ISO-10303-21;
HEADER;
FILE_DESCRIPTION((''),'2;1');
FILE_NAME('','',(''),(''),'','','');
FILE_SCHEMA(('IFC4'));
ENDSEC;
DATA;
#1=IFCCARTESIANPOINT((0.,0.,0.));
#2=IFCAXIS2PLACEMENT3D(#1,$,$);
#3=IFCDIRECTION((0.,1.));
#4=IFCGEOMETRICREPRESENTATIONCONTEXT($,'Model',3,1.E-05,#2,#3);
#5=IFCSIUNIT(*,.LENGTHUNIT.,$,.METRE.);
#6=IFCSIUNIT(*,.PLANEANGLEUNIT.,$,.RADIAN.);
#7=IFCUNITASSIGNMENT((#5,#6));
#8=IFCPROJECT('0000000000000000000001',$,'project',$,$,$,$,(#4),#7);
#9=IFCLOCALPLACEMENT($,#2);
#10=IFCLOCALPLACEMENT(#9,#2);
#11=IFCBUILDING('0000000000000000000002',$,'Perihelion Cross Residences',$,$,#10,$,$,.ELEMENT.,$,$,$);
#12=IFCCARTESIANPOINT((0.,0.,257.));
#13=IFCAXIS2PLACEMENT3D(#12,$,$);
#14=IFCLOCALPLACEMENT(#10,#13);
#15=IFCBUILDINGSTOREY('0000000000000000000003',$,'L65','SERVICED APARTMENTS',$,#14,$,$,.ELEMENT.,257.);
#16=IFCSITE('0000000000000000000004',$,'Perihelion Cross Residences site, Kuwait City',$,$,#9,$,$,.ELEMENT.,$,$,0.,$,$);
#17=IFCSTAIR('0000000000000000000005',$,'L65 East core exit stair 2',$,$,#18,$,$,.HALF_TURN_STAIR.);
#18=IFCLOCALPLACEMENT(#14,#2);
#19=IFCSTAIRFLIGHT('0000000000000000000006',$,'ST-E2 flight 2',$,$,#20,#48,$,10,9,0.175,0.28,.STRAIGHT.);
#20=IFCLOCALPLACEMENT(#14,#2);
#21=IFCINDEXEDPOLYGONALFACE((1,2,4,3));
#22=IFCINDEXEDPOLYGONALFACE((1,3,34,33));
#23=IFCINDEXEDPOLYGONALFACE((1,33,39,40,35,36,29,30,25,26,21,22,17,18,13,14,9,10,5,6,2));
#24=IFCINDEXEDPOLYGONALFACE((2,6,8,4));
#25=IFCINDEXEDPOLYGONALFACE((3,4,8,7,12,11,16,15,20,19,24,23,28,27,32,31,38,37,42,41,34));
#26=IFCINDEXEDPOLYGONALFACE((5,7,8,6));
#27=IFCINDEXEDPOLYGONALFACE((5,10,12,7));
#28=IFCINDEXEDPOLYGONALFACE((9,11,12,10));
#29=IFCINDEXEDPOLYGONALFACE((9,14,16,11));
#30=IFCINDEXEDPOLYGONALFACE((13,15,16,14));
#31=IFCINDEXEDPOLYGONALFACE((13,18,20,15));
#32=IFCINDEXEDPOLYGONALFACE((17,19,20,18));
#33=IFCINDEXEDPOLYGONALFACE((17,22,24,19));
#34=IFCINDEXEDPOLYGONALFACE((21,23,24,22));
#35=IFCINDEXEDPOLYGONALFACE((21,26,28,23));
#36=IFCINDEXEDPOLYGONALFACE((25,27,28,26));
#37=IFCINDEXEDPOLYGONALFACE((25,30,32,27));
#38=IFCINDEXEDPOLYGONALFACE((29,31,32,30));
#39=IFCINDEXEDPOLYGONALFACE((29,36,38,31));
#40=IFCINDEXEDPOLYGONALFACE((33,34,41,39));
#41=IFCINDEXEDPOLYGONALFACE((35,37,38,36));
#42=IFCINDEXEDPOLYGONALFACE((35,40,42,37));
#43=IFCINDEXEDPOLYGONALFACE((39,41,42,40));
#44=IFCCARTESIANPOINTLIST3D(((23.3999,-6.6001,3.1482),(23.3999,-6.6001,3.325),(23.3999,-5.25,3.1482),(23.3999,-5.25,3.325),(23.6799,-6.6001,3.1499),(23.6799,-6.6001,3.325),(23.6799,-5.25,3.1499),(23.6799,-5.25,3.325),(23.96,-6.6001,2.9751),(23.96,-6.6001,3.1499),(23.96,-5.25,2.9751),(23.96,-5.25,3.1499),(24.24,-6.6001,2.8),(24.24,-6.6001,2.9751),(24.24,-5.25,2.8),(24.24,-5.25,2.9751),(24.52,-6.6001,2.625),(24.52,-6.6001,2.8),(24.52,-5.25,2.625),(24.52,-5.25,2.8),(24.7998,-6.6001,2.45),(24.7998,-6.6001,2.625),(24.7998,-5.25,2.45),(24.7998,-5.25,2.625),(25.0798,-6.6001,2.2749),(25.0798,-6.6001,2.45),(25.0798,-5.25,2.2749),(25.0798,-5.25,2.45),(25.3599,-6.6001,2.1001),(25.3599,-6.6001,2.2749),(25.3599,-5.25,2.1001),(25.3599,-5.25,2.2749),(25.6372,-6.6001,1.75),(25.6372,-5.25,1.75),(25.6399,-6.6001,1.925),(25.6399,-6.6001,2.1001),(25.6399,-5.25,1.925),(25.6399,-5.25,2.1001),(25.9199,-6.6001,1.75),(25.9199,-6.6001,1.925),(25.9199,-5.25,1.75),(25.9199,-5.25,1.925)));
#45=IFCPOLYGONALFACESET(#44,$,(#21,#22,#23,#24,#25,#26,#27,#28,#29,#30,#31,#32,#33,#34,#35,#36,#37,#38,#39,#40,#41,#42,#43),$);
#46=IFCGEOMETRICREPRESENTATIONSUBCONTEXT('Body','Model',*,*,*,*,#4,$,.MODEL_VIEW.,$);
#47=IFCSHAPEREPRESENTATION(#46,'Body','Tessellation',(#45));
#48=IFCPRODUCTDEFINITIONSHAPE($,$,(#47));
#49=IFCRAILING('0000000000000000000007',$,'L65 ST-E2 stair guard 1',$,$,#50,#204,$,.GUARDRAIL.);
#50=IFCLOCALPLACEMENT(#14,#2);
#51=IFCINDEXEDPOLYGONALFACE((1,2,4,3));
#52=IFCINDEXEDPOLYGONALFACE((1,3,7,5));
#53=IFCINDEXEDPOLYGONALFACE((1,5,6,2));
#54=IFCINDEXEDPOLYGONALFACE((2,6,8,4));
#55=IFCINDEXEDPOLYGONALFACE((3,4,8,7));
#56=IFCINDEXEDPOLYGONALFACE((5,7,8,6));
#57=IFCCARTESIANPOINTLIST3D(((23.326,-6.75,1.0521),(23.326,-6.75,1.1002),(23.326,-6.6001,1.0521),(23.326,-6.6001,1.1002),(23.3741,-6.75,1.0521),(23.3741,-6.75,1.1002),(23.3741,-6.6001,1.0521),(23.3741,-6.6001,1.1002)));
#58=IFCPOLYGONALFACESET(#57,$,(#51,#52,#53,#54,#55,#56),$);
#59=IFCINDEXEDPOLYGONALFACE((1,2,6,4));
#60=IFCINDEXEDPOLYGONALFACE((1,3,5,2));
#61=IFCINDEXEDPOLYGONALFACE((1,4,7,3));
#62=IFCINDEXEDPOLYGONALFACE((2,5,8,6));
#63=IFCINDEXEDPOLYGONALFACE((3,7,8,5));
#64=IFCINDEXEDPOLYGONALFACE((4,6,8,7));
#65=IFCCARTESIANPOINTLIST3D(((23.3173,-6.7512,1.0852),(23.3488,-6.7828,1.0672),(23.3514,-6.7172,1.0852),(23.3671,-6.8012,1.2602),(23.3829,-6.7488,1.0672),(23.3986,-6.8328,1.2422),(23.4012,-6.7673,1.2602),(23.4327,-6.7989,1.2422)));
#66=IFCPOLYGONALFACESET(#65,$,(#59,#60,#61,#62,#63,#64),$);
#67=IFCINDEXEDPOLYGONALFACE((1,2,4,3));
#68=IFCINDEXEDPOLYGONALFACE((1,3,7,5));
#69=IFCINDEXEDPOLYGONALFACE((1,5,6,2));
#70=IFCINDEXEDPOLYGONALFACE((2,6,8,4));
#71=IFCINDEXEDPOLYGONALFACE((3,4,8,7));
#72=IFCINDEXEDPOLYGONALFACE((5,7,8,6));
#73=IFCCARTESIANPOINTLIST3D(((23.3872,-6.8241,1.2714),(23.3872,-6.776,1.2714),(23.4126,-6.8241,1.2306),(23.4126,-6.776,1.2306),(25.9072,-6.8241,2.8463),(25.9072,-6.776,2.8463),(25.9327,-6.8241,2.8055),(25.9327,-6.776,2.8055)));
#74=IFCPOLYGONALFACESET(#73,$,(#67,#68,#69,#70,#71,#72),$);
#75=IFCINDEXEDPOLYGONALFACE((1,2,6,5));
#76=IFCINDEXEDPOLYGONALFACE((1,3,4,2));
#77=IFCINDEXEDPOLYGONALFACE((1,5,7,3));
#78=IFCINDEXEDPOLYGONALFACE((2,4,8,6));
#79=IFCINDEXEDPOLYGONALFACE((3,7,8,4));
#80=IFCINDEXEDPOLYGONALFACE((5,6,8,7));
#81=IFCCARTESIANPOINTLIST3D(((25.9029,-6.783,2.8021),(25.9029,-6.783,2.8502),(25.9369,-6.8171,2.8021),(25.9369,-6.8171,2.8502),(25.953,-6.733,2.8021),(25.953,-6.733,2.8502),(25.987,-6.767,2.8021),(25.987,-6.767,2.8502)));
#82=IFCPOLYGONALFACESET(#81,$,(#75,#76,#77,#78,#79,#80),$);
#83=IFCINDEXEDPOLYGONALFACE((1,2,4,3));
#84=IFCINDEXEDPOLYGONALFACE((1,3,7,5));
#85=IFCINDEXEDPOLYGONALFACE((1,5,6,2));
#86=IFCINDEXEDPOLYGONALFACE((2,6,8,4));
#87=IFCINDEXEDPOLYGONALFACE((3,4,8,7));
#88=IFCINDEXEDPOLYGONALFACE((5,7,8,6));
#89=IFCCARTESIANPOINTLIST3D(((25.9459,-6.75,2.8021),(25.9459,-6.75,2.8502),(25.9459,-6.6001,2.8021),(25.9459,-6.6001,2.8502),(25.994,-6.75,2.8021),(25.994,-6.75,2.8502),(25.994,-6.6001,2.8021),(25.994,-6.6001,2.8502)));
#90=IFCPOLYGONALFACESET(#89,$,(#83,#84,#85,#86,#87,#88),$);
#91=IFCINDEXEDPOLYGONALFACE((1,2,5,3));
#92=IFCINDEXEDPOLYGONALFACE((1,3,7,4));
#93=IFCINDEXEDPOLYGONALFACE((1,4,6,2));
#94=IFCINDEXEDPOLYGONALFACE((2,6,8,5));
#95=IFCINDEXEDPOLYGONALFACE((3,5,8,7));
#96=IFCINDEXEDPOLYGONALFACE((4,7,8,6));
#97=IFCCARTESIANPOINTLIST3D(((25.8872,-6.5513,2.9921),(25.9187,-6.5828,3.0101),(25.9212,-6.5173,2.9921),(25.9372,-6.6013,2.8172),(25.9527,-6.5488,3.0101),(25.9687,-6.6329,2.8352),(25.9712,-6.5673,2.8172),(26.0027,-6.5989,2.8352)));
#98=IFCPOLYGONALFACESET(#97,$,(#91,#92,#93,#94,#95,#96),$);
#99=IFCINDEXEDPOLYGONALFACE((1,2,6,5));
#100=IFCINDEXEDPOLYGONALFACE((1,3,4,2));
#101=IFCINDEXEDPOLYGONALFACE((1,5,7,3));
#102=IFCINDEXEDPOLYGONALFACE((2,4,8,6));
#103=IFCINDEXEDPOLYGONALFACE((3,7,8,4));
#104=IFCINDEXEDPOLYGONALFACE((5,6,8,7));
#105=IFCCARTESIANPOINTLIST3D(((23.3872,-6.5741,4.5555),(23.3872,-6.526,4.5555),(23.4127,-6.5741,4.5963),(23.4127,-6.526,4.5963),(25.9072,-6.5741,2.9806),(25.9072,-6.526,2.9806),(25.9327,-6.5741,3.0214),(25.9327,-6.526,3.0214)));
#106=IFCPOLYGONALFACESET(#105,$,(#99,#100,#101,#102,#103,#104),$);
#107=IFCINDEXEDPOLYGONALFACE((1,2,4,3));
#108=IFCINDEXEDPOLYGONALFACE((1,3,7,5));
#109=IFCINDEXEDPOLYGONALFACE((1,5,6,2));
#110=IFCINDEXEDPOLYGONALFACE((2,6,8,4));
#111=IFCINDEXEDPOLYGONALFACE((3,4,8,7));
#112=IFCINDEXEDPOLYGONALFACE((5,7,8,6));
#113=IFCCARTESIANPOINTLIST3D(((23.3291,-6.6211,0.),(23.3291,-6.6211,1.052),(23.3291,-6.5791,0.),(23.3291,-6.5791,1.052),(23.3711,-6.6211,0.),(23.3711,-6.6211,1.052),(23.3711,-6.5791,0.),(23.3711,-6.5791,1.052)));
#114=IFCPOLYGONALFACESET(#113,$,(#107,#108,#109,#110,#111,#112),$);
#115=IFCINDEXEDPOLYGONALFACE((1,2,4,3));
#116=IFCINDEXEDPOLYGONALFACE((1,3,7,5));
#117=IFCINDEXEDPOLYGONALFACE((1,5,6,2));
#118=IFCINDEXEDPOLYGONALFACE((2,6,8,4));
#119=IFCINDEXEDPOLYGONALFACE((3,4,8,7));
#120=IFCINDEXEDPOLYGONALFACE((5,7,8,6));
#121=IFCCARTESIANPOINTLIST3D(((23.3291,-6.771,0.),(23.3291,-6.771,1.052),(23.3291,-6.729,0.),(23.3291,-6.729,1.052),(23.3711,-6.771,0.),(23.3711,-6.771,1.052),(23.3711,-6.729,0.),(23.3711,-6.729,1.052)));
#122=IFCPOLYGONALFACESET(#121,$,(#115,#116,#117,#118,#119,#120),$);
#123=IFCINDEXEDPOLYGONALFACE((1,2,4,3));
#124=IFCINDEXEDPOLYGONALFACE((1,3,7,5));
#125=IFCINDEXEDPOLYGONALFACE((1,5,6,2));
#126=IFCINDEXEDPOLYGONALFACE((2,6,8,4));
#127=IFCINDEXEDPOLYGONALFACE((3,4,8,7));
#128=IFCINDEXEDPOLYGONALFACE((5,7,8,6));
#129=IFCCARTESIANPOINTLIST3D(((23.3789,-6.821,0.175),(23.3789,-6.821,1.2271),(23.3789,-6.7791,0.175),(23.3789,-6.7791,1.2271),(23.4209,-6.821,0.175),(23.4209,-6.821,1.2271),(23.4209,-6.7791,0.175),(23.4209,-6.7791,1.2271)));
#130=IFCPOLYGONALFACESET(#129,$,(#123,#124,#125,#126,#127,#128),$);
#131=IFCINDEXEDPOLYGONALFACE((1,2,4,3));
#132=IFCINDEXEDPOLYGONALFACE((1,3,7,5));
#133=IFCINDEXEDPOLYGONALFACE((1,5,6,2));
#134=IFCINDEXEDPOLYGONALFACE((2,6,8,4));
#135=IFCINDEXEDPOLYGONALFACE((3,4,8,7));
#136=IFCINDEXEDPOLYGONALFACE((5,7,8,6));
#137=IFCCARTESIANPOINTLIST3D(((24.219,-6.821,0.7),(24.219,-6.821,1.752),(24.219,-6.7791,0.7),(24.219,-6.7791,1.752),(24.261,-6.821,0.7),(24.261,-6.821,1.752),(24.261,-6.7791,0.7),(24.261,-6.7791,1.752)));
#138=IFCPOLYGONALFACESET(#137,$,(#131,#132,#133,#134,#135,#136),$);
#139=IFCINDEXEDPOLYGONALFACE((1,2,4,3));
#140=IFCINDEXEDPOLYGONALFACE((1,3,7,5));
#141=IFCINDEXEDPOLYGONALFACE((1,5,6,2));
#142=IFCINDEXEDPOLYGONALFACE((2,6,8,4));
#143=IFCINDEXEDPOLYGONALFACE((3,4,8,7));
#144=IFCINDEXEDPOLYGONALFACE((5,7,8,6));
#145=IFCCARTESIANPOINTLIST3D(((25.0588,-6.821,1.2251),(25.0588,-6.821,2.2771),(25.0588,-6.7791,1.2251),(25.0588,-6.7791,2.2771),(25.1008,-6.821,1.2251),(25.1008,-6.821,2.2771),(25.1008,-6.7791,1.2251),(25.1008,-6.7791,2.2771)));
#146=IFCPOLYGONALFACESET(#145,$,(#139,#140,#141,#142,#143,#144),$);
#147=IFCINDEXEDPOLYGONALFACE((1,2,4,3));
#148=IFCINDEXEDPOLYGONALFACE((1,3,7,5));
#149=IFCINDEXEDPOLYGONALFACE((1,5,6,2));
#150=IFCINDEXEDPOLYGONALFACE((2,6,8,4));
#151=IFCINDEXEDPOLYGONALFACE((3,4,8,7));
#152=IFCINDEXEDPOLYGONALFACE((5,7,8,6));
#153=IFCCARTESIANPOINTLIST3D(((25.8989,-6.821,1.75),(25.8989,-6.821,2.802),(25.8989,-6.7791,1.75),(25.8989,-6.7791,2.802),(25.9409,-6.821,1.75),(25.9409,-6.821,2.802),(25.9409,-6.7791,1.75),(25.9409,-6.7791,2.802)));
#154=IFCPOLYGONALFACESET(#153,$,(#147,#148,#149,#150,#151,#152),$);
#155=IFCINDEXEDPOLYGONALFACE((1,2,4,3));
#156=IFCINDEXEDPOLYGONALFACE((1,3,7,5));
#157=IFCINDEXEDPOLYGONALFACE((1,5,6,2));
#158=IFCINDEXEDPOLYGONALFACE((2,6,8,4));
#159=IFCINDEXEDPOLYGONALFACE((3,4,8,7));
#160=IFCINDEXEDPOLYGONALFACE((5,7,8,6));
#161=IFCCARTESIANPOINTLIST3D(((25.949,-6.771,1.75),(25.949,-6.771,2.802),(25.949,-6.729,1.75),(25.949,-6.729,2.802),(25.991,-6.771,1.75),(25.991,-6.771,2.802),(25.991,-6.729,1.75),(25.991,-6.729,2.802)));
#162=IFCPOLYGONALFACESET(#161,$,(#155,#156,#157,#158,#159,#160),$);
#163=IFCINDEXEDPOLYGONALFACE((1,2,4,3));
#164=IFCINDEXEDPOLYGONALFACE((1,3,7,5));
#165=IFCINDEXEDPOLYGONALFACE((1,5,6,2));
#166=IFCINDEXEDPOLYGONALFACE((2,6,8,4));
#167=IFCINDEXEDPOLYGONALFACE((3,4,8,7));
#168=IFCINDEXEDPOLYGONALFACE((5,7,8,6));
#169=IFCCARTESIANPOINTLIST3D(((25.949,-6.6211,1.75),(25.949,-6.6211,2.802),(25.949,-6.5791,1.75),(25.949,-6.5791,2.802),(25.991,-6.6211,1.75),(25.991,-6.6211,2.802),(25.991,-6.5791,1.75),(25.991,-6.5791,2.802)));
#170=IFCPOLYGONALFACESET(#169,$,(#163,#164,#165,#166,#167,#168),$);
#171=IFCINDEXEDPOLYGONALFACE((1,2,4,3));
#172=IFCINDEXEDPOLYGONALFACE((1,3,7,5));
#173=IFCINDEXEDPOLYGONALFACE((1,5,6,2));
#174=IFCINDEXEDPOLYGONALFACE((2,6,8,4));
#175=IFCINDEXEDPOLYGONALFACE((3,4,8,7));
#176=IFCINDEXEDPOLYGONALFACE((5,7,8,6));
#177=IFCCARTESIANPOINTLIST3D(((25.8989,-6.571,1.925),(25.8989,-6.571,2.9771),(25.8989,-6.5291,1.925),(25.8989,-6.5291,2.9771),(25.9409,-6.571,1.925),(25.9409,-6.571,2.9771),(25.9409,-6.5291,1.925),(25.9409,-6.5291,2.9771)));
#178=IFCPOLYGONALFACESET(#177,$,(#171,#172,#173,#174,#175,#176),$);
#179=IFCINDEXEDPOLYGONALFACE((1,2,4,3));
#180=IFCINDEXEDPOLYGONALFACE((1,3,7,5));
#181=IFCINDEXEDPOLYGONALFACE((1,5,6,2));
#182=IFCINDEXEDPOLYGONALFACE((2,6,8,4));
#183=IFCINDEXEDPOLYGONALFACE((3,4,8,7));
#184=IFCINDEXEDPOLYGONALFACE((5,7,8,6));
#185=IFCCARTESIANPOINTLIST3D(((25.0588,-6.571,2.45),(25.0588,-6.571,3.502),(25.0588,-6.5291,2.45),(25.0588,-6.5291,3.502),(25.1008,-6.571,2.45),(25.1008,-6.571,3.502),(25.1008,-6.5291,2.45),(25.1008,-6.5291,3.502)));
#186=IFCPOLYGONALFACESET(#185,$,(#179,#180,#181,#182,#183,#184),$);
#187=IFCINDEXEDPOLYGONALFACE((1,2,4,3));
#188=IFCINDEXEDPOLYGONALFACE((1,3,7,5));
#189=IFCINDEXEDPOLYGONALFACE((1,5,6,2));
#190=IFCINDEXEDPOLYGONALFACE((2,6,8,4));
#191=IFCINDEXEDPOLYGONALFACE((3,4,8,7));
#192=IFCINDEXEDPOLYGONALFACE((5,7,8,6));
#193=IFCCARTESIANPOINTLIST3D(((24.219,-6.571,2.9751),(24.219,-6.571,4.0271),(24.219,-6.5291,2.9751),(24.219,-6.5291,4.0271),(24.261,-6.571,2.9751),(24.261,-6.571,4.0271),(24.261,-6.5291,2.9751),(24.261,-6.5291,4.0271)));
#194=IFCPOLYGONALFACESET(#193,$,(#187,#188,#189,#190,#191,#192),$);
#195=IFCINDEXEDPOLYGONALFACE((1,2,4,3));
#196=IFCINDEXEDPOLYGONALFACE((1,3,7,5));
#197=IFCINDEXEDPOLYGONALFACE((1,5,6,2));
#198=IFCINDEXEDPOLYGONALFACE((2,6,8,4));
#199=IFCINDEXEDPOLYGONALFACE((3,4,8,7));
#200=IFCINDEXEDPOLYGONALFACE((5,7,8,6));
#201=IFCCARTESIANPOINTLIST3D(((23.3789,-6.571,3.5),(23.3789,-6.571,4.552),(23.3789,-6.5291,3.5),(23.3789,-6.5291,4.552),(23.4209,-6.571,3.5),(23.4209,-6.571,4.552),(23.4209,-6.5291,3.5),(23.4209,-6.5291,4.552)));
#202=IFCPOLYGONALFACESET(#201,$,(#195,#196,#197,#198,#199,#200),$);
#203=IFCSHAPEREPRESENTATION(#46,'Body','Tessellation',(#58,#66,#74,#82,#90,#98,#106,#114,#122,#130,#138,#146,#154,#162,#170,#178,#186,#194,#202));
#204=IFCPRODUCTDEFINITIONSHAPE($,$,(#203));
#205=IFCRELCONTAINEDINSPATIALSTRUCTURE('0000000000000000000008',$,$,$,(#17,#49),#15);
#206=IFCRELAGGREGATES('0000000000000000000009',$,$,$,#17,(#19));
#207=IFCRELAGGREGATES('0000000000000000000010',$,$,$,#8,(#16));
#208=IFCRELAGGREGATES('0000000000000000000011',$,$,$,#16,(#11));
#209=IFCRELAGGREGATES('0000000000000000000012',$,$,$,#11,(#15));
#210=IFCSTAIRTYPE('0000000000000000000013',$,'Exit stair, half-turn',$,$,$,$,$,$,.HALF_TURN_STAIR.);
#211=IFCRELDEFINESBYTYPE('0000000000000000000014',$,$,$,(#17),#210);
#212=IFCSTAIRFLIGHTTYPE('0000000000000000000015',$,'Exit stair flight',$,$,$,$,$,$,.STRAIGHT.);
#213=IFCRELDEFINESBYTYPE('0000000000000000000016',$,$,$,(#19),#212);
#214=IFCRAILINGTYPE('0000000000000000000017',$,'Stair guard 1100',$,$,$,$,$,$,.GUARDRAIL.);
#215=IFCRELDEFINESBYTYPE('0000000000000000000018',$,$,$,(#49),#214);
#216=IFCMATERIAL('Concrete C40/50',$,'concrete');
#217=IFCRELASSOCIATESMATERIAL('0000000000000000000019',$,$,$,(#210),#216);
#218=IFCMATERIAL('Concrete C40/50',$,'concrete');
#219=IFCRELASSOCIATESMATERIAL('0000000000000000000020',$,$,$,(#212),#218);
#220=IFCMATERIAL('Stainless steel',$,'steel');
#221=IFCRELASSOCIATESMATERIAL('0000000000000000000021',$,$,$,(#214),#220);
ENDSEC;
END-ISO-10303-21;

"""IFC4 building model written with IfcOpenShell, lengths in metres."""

from ifc_helpers import new_model, si_unit, direction, frame, origin, origin_2d, place, context, subcontext, project, spatial, polyline, rectangle, outline, extrude, material, type_object, element, aggregate, save


model = new_model("IFC4")

# Units and contexts
model_context = context("Model", 3, precision=1e-05, world=origin(), true_north=direction((0.0, 1.0)))
body_context = subcontext(model_context, "Body", "Model", "MODEL_VIEW")
ifc_project = project(units=[si_unit("LENGTHUNIT", "METRE"), si_unit("PLANEANGLEUNIT", "RADIAN")], contexts=[model_context])

# Site, building, storey
site_placement = place(None, origin())
site = spatial("IfcSite", under=ifc_project, at=site_placement, Name="Perihelion Cross Residences site, Kuwait City", CompositionType="ELEMENT", RefElevation=0.0)
building_placement = place(site_placement, origin())
building = spatial("IfcBuilding", under=site, at=building_placement, Name="Perihelion Cross Residences", CompositionType="ELEMENT")
storey_placement = place(building_placement, frame((0.0, 0.0, 257.0)))
storey = spatial("IfcBuildingStorey", under=building, at=storey_placement, Name="L65", Description="SERVICED APARTMENTS", CompositionType="ELEMENT", Elevation=257.0)

# Stair, stair flight
ifc_material_1 = material(Name="Concrete C40/50", Category="concrete")
stair_type = type_object("IfcStairType", Name="Exit stair, half-turn", PredefinedType="HALF_TURN_STAIR", material=ifc_material_1)
stair_placement = place(storey_placement, origin())
stair = element("IfcStair", 1, at=stair_placement, inside=storey, type_object=stair_type, Name="L65 East core exit stair 2", PredefinedType="HALF_TURN_STAIR")
ifc_material_2 = material(Name="Concrete C40/50", Category="concrete")
stair_flight_type = type_object("IfcStairFlightType", Name="Exit stair flight", PredefinedType="STRAIGHT", material=ifc_material_2)
stair_flight_1_placement = place(storey_placement, frame((25.9199, -5.925, 1.75), z_axis=(0.0, 0.0, 1.0), x_axis=(-1.0, 0.0, 0.0)))
stair_flight_1 = element("IfcStairFlight", 2, at=stair_flight_1_placement, type_object=stair_flight_type, Name="ST-E2 flight 2", NumberOfRisers=10, NumberOfTreads=9, PredefinedType="STRAIGHT", RiserHeight=0.175, TreadLength=0.28, context=body_context, shape_type="SweptSolid", body=[
    extrude(outline(polyline([(0.0, 0.0), (0.0, 0.175), (0.28, 0.175), (0.28, 0.3501), (0.5601, 0.3501), (0.5601, 0.5249), (0.8401, 0.5249), (0.8401, 0.7), (1.1201, 0.7), (1.1201, 0.875), (1.3999, 0.875), (1.3999, 1.05), (1.6799, 1.05), (1.6799, 1.2251), (1.96, 1.2251), (1.96, 1.3999), (2.24, 1.3999), (2.24, 1.575), (2.52, 1.575), (2.52, 1.75), (2.52, 1.3982), (0.2827, 0.0), (0.0, 0.0)])), frame((0.0, 0.675, 0.0), z_axis=(0.0, -1.0, 0.0), x_axis=(1.0, 0.0, 0.0)), (0.0, 0.0, 1.0), 1.3501),
])
aggregate(stair, [stair_flight_1])

# Railing
ifc_material_3 = material(Name="Stainless steel", Category="steel")
railing_type_1 = type_object("IfcRailingType", Name="Stair guard 1100", PredefinedType="GUARDRAIL", material=ifc_material_3)
railing_1_placement = place(storey_placement, frame((23.3501, -6.6001, 0.0)))
element("IfcRailing", 3, at=railing_1_placement, inside=storey, type_object=railing_type_1, Name="L65 ST-E2 stair guard 1", PredefinedType="GUARDRAIL", context=body_context, shape_type="SweptSolid", body=[
    extrude(rectangle(XDim=0.0481, YDim=0.0481, at=origin_2d()), frame((0.0, 0.0, 1.0762), z_axis=(0.0, -1.0, 0.0), x_axis=(1.0, 0.0, 0.0)), (0.0, 0.0, 1.0), 0.1499),
    extrude(rectangle(XDim=0.0481, YDim=0.0481, at=origin_2d()), frame((0.0, -0.1499, 1.0762), z_axis=(0.263862, -0.265156, 0.927399), x_axis=(0.708834, 0.705376, 0.0)), (0.0, 0.0, 1.0), 0.1887),
    extrude(rectangle(XDim=0.0481, YDim=0.0481, at=origin_2d()), frame((0.0498, -0.2, 1.251), z_axis=(0.848008, 0.0, 0.529984), x_axis=(0.0, 1.0, 0.0)), (0.0, 0.0, 1.0), 2.9717),
    extrude(rectangle(XDim=0.0481, YDim=0.0481, at=origin_2d()), frame((2.5698, -0.2, 2.8262), z_axis=(0.707107, 0.707107, 0.0), x_axis=(-0.707107, 0.707107, 0.0)), (0.0, 0.0, 1.0), 0.0708),
    extrude(rectangle(XDim=0.0481, YDim=0.0481, at=origin_2d()), frame((2.6199, -0.1499, 2.8262), z_axis=(0.0, 1.0, 0.0), x_axis=(-1.0, 0.0, 0.0)), (0.0, 0.0, 1.0), 0.1499),
    extrude(rectangle(XDim=0.0481, YDim=0.0481, at=origin_2d()), frame((2.6199, 0.0, 2.8262), z_axis=(-0.265065, 0.265065, 0.927082), x_axis=(-0.707107, -0.707107, 0.0)), (0.0, 0.0, 1.0), 0.1887),
    extrude(rectangle(XDim=0.0481, YDim=0.0481, at=origin_2d()), frame((2.5698, 0.05, 3.001), z_axis=(-0.848008, 0.0, 0.529984), x_axis=(0.0, -1.0, 0.0)), (0.0, 0.0, 1.0), 2.9717),
    extrude(rectangle(XDim=0.042, YDim=0.042, at=origin_2d()), origin(), (0.0, 0.0, 1.0), 1.052),
    extrude(rectangle(XDim=0.042, YDim=0.042, at=origin_2d()), frame((0.0, -0.1499, 0.0)), (0.0, 0.0, 1.0), 1.052),
    extrude(rectangle(XDim=0.042, YDim=0.042, at=origin_2d()), frame((0.0498, -0.2, 0.175)), (0.0, 0.0, 1.0), 1.052),
    extrude(rectangle(XDim=0.042, YDim=0.042, at=origin_2d()), frame((0.8899, -0.2, 0.7)), (0.0, 0.0, 1.0), 1.052),
    extrude(rectangle(XDim=0.042, YDim=0.042, at=origin_2d()), frame((1.7297, -0.2, 1.2251)), (0.0, 0.0, 1.0), 1.052),
    extrude(rectangle(XDim=0.042, YDim=0.042, at=origin_2d()), frame((2.5698, -0.2, 1.75)), (0.0, 0.0, 1.0), 1.052),
    extrude(rectangle(XDim=0.042, YDim=0.042, at=origin_2d()), frame((2.6199, -0.1499, 1.75)), (0.0, 0.0, 1.0), 1.052),
    extrude(rectangle(XDim=0.042, YDim=0.042, at=origin_2d()), frame((2.6199, 0.0, 1.75)), (0.0, 0.0, 1.0), 1.052),
    extrude(rectangle(XDim=0.042, YDim=0.042, at=origin_2d()), frame((2.5698, 0.05, 1.925)), (0.0, 0.0, 1.0), 1.052),
    extrude(rectangle(XDim=0.042, YDim=0.042, at=origin_2d()), frame((1.7297, 0.05, 2.45)), (0.0, 0.0, 1.0), 1.052),
    extrude(rectangle(XDim=0.042, YDim=0.042, at=origin_2d()), frame((0.8899, 0.05, 2.9751)), (0.0, 0.0, 1.0), 1.052),
    extrude(rectangle(XDim=0.042, YDim=0.042, at=origin_2d()), frame((0.0498, 0.05, 3.5)), (0.0, 0.0, 1.0), 1.052),
])

save(model, "model.ifc")
